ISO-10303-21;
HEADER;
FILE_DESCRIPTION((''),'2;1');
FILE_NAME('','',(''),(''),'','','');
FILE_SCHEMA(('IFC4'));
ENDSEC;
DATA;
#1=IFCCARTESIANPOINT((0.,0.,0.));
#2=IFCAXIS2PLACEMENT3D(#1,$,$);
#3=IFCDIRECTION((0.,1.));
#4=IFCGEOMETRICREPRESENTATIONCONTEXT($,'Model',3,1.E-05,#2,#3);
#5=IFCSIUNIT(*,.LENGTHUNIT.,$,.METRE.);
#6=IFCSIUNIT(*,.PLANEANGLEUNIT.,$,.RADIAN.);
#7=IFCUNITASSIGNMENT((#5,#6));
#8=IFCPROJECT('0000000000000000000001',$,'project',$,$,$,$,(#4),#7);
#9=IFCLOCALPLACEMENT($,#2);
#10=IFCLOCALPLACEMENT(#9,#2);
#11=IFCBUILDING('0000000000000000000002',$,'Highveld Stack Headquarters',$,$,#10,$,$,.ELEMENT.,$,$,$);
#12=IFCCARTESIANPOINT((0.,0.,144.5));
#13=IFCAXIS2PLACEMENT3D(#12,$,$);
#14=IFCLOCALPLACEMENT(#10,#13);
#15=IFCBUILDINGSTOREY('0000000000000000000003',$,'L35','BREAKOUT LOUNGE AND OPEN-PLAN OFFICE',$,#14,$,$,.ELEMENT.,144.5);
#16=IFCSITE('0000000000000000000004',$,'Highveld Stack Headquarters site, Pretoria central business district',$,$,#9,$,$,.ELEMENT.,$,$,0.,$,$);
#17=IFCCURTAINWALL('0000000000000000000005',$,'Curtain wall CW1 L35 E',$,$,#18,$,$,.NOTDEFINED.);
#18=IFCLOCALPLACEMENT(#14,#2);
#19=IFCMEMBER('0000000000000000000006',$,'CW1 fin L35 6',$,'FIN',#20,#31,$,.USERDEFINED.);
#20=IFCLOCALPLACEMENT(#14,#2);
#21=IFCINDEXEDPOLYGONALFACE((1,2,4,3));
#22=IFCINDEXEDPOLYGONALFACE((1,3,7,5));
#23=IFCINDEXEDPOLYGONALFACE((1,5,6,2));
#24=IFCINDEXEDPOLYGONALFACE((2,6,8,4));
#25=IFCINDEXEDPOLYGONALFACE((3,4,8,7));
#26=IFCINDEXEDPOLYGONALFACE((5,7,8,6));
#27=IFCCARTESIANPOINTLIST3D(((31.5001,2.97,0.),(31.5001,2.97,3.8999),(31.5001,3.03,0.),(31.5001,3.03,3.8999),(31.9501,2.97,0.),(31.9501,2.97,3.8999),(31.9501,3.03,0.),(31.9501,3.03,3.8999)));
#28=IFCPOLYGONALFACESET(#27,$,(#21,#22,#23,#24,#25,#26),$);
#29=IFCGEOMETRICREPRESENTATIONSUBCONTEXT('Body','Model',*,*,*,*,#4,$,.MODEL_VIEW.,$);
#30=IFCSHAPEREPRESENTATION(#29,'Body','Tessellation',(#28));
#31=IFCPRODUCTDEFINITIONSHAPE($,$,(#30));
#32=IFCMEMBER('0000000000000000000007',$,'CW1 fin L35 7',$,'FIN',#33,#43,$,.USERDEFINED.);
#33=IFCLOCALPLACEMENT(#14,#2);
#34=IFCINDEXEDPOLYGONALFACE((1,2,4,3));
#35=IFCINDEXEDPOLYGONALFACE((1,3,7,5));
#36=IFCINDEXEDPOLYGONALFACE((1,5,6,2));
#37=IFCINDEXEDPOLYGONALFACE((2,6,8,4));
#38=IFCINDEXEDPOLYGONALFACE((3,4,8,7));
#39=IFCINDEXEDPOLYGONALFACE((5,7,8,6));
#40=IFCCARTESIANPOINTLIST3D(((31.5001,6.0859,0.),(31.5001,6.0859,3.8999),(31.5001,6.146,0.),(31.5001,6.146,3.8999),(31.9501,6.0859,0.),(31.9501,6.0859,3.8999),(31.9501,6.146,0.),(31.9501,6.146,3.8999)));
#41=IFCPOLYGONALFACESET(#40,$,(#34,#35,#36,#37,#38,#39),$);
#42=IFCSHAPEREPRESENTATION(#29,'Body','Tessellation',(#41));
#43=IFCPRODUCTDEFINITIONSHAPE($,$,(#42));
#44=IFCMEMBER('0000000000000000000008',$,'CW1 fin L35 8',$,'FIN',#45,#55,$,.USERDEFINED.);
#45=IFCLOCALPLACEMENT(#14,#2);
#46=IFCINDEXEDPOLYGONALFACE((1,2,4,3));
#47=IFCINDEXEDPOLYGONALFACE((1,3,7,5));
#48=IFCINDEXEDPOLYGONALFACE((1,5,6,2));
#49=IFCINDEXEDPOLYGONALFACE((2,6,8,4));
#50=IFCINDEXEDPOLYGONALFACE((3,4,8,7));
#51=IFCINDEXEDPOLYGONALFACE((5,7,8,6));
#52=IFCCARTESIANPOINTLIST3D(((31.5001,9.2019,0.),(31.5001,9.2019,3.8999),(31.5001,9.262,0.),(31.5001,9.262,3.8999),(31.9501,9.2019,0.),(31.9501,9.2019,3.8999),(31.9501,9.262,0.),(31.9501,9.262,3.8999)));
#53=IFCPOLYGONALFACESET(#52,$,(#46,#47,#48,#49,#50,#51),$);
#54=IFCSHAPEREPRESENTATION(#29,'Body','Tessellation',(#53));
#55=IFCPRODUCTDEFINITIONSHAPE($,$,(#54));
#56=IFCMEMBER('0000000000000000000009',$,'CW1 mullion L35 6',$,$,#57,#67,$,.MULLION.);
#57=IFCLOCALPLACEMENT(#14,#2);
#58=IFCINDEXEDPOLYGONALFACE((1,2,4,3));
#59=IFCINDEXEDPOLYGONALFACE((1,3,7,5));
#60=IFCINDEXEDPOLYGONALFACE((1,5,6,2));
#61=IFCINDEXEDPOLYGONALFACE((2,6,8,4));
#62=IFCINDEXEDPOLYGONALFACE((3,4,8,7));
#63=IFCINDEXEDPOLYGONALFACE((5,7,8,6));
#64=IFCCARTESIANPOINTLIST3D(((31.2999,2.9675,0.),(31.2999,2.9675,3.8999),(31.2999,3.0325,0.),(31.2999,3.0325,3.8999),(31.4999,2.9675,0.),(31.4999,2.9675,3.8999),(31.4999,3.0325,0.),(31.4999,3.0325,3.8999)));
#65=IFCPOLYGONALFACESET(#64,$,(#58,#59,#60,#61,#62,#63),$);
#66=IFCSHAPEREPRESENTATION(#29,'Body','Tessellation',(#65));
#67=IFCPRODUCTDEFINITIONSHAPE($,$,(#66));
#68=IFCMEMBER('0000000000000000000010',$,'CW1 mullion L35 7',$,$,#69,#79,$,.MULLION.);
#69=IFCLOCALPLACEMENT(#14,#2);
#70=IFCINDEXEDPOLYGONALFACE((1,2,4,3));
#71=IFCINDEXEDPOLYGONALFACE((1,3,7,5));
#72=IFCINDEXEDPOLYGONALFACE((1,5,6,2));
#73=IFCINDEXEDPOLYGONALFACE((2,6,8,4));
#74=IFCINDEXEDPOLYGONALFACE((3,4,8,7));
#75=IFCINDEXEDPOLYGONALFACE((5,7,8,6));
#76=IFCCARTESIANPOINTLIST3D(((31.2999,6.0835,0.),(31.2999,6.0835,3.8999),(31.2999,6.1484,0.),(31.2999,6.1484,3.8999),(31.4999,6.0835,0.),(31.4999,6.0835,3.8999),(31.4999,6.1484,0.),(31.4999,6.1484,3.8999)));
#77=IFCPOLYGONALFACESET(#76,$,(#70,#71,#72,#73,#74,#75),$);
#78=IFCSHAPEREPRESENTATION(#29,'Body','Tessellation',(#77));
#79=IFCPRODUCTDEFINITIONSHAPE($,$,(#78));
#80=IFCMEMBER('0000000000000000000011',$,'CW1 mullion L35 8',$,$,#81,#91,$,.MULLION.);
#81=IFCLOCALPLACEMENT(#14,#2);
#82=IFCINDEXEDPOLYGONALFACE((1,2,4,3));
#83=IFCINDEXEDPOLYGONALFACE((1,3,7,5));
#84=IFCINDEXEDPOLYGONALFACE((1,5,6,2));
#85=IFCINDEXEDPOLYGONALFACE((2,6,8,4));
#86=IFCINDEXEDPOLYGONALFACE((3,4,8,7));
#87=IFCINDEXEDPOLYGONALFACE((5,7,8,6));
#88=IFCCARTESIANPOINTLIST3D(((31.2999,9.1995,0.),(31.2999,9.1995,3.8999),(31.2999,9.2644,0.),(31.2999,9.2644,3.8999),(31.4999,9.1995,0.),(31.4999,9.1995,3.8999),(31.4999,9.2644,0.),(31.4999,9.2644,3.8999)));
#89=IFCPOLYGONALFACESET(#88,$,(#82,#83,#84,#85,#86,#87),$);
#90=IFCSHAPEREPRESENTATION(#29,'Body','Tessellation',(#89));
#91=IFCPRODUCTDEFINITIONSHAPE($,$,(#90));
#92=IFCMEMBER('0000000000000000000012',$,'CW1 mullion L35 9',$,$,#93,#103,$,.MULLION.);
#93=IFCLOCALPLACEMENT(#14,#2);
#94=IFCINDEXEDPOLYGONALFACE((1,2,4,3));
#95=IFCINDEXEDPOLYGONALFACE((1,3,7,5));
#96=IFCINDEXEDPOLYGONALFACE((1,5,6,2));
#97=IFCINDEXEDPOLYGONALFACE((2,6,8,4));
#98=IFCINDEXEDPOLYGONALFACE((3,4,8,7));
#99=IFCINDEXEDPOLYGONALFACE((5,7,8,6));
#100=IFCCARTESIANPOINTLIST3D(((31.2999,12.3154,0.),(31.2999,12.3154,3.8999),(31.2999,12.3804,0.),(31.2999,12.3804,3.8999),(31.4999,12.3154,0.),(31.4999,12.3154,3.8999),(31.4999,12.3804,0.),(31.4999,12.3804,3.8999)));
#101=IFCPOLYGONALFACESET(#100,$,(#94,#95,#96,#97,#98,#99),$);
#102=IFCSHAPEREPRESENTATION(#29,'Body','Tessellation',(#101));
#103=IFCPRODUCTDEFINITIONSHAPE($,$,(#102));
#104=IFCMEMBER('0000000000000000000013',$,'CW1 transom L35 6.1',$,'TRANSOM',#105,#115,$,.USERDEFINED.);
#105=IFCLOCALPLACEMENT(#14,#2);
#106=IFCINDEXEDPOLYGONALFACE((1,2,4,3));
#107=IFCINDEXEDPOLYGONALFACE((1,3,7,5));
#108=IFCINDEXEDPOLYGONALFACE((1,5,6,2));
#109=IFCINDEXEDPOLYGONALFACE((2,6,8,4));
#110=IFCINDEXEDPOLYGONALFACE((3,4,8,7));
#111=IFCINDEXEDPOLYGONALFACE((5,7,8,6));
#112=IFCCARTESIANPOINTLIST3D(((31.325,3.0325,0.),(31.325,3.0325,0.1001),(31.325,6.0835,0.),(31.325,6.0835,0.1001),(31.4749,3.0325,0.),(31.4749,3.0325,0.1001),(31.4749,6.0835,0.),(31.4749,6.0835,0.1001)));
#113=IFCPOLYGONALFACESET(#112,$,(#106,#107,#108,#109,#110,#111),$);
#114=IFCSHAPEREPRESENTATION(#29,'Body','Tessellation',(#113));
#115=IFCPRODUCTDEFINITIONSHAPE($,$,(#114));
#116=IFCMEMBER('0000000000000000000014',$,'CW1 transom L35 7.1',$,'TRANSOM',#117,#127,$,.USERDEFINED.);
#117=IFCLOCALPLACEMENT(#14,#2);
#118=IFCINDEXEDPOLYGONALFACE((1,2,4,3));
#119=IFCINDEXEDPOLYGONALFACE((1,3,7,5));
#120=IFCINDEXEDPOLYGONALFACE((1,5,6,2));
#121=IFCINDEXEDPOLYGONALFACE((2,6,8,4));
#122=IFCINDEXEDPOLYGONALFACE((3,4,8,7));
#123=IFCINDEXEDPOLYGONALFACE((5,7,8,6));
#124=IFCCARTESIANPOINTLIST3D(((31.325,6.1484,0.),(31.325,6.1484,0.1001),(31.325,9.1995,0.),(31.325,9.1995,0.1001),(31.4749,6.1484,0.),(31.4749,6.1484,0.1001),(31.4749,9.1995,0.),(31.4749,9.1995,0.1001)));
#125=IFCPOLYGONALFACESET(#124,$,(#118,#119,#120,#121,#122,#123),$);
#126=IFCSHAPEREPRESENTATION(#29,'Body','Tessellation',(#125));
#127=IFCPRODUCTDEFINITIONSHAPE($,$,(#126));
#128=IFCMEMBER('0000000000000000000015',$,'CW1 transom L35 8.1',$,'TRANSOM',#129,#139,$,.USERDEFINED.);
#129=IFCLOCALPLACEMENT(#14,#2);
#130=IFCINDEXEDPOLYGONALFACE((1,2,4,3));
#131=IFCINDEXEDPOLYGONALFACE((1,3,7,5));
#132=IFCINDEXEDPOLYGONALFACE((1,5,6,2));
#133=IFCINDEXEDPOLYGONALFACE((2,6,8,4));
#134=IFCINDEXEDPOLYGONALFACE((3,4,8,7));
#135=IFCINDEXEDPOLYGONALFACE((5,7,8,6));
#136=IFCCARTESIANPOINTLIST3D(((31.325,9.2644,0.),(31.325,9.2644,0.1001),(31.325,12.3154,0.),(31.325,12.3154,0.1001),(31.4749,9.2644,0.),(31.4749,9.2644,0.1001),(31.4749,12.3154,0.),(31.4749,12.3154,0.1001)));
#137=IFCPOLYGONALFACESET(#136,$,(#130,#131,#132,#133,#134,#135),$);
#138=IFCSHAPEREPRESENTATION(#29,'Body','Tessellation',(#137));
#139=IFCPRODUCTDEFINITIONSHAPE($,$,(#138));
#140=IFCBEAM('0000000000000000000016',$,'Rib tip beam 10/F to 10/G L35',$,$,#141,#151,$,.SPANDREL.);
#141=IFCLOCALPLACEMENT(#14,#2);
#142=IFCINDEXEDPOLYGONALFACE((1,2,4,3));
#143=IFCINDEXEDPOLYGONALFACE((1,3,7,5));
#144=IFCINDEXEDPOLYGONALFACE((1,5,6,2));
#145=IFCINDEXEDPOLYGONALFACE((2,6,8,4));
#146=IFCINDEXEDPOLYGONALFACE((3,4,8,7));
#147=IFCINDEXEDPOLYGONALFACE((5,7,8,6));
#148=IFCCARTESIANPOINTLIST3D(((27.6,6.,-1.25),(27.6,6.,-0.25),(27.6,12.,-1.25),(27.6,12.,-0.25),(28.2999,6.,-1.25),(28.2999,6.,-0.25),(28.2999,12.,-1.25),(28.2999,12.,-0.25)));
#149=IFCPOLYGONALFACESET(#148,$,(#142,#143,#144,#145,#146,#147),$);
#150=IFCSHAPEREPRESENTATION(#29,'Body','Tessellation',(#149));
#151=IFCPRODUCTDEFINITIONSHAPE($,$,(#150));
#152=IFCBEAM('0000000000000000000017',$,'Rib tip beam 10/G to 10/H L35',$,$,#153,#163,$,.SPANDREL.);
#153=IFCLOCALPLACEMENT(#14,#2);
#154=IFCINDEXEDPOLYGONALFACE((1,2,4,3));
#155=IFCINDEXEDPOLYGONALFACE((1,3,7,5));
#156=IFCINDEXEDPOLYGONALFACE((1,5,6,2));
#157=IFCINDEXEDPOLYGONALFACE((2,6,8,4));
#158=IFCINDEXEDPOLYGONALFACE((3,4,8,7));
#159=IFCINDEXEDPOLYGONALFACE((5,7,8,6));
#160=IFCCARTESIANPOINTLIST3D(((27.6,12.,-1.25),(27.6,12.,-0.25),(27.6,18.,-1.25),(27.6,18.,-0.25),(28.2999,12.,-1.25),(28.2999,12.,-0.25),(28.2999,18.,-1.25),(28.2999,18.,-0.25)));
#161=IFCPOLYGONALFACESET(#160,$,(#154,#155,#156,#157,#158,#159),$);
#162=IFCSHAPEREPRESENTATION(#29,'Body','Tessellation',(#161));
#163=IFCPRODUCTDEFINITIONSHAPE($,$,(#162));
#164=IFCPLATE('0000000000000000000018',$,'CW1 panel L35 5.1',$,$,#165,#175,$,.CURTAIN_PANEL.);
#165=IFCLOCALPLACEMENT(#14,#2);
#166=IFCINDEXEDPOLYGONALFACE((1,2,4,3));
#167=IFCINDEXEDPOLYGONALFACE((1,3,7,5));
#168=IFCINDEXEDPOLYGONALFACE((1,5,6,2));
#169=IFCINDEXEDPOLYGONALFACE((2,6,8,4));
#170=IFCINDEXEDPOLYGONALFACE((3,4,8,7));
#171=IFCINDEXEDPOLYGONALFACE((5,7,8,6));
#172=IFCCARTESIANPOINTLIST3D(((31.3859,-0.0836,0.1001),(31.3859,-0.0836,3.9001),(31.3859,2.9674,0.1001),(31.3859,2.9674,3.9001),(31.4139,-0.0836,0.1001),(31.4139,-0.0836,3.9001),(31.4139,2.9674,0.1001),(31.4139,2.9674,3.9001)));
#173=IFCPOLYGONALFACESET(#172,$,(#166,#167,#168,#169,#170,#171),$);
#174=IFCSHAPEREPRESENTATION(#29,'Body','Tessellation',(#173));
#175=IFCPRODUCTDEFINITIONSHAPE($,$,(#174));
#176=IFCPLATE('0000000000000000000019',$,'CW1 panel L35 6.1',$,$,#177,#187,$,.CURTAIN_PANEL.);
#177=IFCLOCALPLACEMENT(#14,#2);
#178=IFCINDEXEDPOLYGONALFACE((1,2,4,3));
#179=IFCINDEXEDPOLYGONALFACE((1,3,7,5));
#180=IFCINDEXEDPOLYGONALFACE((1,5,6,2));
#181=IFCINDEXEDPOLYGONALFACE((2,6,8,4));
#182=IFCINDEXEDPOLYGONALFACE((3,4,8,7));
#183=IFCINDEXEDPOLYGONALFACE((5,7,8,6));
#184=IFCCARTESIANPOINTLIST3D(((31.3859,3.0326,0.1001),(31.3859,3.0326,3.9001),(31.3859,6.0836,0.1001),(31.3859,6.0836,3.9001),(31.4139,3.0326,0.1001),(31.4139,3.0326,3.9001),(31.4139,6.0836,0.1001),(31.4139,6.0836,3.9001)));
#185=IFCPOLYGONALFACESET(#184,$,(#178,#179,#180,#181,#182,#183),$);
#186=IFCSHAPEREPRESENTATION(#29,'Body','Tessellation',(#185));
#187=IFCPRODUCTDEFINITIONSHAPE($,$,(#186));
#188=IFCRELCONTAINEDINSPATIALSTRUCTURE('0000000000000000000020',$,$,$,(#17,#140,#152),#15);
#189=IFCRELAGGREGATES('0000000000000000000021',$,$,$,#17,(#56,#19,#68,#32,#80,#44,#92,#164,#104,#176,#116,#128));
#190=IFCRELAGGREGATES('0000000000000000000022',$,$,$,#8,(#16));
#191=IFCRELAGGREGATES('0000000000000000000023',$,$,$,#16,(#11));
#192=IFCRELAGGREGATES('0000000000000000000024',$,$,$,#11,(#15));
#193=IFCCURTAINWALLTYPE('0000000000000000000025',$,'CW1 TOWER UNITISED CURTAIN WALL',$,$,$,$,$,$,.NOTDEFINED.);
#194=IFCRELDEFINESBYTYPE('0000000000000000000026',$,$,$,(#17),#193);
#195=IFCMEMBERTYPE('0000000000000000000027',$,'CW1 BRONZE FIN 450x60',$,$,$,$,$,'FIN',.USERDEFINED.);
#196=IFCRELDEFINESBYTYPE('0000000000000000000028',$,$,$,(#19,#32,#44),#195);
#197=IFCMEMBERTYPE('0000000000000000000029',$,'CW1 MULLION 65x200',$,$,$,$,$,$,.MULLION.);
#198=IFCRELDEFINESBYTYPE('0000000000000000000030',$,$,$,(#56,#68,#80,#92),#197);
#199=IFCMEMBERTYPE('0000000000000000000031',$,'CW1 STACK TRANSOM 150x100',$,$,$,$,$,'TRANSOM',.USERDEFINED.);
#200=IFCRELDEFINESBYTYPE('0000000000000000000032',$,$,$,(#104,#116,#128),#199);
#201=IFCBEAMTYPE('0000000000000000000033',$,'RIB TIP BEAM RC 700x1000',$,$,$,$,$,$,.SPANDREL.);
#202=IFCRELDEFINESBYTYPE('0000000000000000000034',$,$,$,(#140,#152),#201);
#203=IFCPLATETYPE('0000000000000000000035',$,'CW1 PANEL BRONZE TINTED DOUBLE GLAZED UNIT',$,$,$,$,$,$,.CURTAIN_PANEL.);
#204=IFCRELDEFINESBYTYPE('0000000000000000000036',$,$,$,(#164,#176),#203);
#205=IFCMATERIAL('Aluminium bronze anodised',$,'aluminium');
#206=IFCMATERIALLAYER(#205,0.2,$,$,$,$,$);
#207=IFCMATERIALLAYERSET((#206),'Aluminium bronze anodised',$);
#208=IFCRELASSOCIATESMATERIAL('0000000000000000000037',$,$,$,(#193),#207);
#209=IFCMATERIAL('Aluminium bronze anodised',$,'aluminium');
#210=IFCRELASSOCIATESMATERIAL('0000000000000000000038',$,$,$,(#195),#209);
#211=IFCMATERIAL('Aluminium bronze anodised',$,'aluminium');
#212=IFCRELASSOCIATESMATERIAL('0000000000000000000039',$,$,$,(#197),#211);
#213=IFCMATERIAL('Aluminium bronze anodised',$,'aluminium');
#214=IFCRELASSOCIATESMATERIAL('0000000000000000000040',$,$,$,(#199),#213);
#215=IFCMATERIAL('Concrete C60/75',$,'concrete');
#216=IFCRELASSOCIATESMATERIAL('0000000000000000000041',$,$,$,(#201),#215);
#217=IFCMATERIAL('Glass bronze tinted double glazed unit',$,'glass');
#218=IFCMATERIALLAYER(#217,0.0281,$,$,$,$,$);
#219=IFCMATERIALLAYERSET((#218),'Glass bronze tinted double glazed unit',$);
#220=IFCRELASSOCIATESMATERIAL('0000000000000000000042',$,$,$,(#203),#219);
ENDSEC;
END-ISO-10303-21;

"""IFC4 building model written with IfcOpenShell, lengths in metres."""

from ifc_helpers import new_model, si_unit, direction, frame, origin, origin_2d, place, context, subcontext, project, spatial, rectangle, extrude, material, layer, layer_set, material_profile, profile_set, type_object, element, aggregate, save


model = new_model("IFC4")

# Units and contexts
model_context = context("Model", 3, precision=1e-05, world=origin(), true_north=direction((0.0, 1.0)))
body_context = subcontext(model_context, "Body", "Model", "MODEL_VIEW")
ifc_project = project(units=[si_unit("LENGTHUNIT", "METRE"), si_unit("PLANEANGLEUNIT", "RADIAN")], contexts=[model_context])

# Site, building, storey
site_placement = place(None, origin())
site = spatial("IfcSite", under=ifc_project, at=site_placement, Name="Highveld Stack Headquarters site, Pretoria central business district", CompositionType="ELEMENT", RefElevation=0.0)
building_placement = place(site_placement, origin())
building = spatial("IfcBuilding", under=site, at=building_placement, Name="Highveld Stack Headquarters", CompositionType="ELEMENT")
storey_placement = place(building_placement, frame((0.0, 0.0, 144.5)))
storey = spatial("IfcBuildingStorey", under=building, at=storey_placement, Name="L35", Description="BREAKOUT LOUNGE AND OPEN-PLAN OFFICE", CompositionType="ELEMENT", Elevation=144.5)

# Curtain wall, members
ifc_material_1 = material(Name="Aluminium bronze anodised", Category="aluminium")
ifc_layer_1 = layer(ifc_material_1, 0.2)
ifc_layer_set_1 = layer_set([ifc_layer_1], Name="Aluminium bronze anodised")
curtain_wall_type = type_object("IfcCurtainWallType", Name="CW1 TOWER UNITISED CURTAIN WALL", PredefinedType="NOTDEFINED", material=ifc_layer_set_1)
curtain_wall_placement = place(storey_placement, origin())
curtain_wall = element("IfcCurtainWall", 1, at=curtain_wall_placement, inside=storey, type_object=curtain_wall_type, Name="Curtain wall CW1 L35 E", PredefinedType="NOTDEFINED")
ifc_material_2 = material(Name="Aluminium bronze anodised", Category="aluminium")
ifc_material_profile_1 = material_profile(ifc_material_2, rectangle(XDim=0.45, YDim=0.0601, at=origin_2d()), Name="FIN 450x60")
ifc_profile_set_1 = profile_set([ifc_material_profile_1], Name="Aluminium bronze anodised")
member_type_1 = type_object("IfcMemberType", Name="CW1 BRONZE FIN 450x60", ElementType="FIN", PredefinedType="USERDEFINED", material=ifc_profile_set_1)
member_1_placement = place(storey_placement, frame((31.7251, 3.0, 0.0), z_axis=(0.0, 0.0, 1.0), x_axis=(-1.0, 0.0, 0.0)))
member_1 = element("IfcMember", 2, at=member_1_placement, type_object=member_type_1, Name="CW1 fin L35 6", ObjectType="FIN", PredefinedType="USERDEFINED", context=body_context, shape_type="SweptSolid", body=[
    extrude(rectangle(XDim=0.45, YDim=0.0601, at=origin_2d()), origin(), (0.0, 0.0, 1.0), 3.8999),
])
member_2_placement = place(storey_placement, frame((31.7251, 6.116, 0.0), z_axis=(0.0, 0.0, 1.0), x_axis=(-1.0, 0.0, 0.0)))
member_2 = element("IfcMember", 3, at=member_2_placement, type_object=member_type_1, Name="CW1 fin L35 7", ObjectType="FIN", PredefinedType="USERDEFINED", context=body_context, shape_type="SweptSolid", body=[
    extrude(rectangle(XDim=0.45, YDim=0.0601, at=origin_2d()), origin(), (0.0, 0.0, 1.0), 3.8999),
])
member_3_placement = place(storey_placement, frame((31.7251, 9.2319, 0.0), z_axis=(0.0, 0.0, 1.0), x_axis=(-1.0, 0.0, 0.0)))
member_3 = element("IfcMember", 4, at=member_3_placement, type_object=member_type_1, Name="CW1 fin L35 8", ObjectType="FIN", PredefinedType="USERDEFINED", context=body_context, shape_type="SweptSolid", body=[
    extrude(rectangle(XDim=0.45, YDim=0.0601, at=origin_2d()), origin(), (0.0, 0.0, 1.0), 3.8999),
])
ifc_material_3 = material(Name="Aluminium bronze anodised", Category="aluminium")
ifc_material_profile_2 = material_profile(ifc_material_3, rectangle(XDim=0.2, YDim=0.0649, at=origin_2d()), Name="CW1 MULLION 65x200")
ifc_profile_set_2 = profile_set([ifc_material_profile_2], Name="Aluminium bronze anodised")
member_type_2 = type_object("IfcMemberType", Name="CW1 MULLION 65x200", PredefinedType="MULLION", material=ifc_profile_set_2)
member_4_placement = place(storey_placement, frame((31.3999, 3.0, 0.0), z_axis=(0.0, 0.0, 1.0), x_axis=(-1.0, 0.0, 0.0)))
member_4 = element("IfcMember", 5, at=member_4_placement, type_object=member_type_2, Name="CW1 mullion L35 6", PredefinedType="MULLION", context=body_context, shape_type="SweptSolid", body=[
    extrude(rectangle(XDim=0.2, YDim=0.0649, at=origin_2d()), origin(), (0.0, 0.0, 1.0), 3.8999),
])
member_5_placement = place(storey_placement, frame((31.3999, 6.116, 0.0), z_axis=(0.0, 0.0, 1.0), x_axis=(-1.0, 0.0, 0.0)))
member_5 = element("IfcMember", 6, at=member_5_placement, type_object=member_type_2, Name="CW1 mullion L35 7", PredefinedType="MULLION", context=body_context, shape_type="SweptSolid", body=[
    extrude(rectangle(XDim=0.2, YDim=0.0649, at=origin_2d()), origin(), (0.0, 0.0, 1.0), 3.8999),
])
member_6_placement = place(storey_placement, frame((31.3999, 9.2319, 0.0), z_axis=(0.0, 0.0, 1.0), x_axis=(-1.0, 0.0, 0.0)))
member_6 = element("IfcMember", 7, at=member_6_placement, type_object=member_type_2, Name="CW1 mullion L35 8", PredefinedType="MULLION", context=body_context, shape_type="SweptSolid", body=[
    extrude(rectangle(XDim=0.2, YDim=0.0649, at=origin_2d()), origin(), (0.0, 0.0, 1.0), 3.8999),
])
member_7_placement = place(storey_placement, frame((31.3999, 12.3479, 0.0), z_axis=(0.0, 0.0, 1.0), x_axis=(-1.0, 0.0, 0.0)))
member_7 = element("IfcMember", 8, at=member_7_placement, type_object=member_type_2, Name="CW1 mullion L35 9", PredefinedType="MULLION", context=body_context, shape_type="SweptSolid", body=[
    extrude(rectangle(XDim=0.2, YDim=0.0649, at=origin_2d()), origin(), (0.0, 0.0, 1.0), 3.8999),
])
ifc_material_4 = material(Name="Aluminium bronze anodised", Category="aluminium")
ifc_material_profile_3 = material_profile(ifc_material_4, rectangle(XDim=0.1499, YDim=0.1001, at=origin_2d()), Name="CW1 TRANSOM 150x100")
ifc_profile_set_3 = profile_set([ifc_material_profile_3], Name="Aluminium bronze anodised")
member_type_3 = type_object("IfcMemberType", Name="CW1 STACK TRANSOM 150x100", ElementType="TRANSOM", PredefinedType="USERDEFINED", material=ifc_profile_set_3)
member_8_placement = place(storey_placement, frame((31.3999, 3.0325, 0.05), z_axis=(0.0, 1.0, 0.0), x_axis=(-1.0, 0.0, 0.0)))
member_8 = element("IfcMember", 9, at=member_8_placement, type_object=member_type_3, Name="CW1 transom L35 6.1", ObjectType="TRANSOM", PredefinedType="USERDEFINED", context=body_context, shape_type="SweptSolid", body=[
    extrude(rectangle(XDim=0.1499, YDim=0.1001, at=origin_2d()), origin(), (0.0, 0.0, 1.0), 3.051),
])
member_9_placement = place(storey_placement, frame((31.3999, 6.1484, 0.05), z_axis=(0.0, 1.0, 0.0), x_axis=(-1.0, 0.0, 0.0)))
member_9 = element("IfcMember", 10, at=member_9_placement, type_object=member_type_3, Name="CW1 transom L35 7.1", ObjectType="TRANSOM", PredefinedType="USERDEFINED", context=body_context, shape_type="SweptSolid", body=[
    extrude(rectangle(XDim=0.1499, YDim=0.1001, at=origin_2d()), origin(), (0.0, 0.0, 1.0), 3.051),
])
member_10_placement = place(storey_placement, frame((31.3999, 9.2644, 0.05), z_axis=(0.0, 1.0, 0.0), x_axis=(-1.0, 0.0, 0.0)))
member_10 = element("IfcMember", 11, at=member_10_placement, type_object=member_type_3, Name="CW1 transom L35 8.1", ObjectType="TRANSOM", PredefinedType="USERDEFINED", context=body_context, shape_type="SweptSolid", body=[
    extrude(rectangle(XDim=0.1499, YDim=0.1001, at=origin_2d()), origin(), (0.0, 0.0, 1.0), 3.051),
])

# Beams
ifc_material_5 = material(Name="Concrete C60/75", Category="concrete")
ifc_material_profile_4 = material_profile(ifc_material_5, rectangle(XDim=0.7, YDim=1.0, at=origin_2d()), Name="RC 700x1000")
ifc_profile_set_4 = profile_set([ifc_material_profile_4], Name="Concrete C60/75")
beam_type = type_object("IfcBeamType", Name="RIB TIP BEAM RC 700x1000", PredefinedType="SPANDREL", material=ifc_profile_set_4)
for number, where, z_axis, x_axis, name in (
    (12, (27.95, 6.0, -0.75), (0.0, 1.0, 0.0), (-1.0, 0.0, 0.0), "Rib tip beam 10/F to 10/G L35"),
    (13, (27.95, 12.0, -0.75), (0.0, 1.0, 0.0), (-1.0, 0.0, 0.0), "Rib tip beam 10/G to 10/H L35"),
):
    element("IfcBeam", number, at=place(storey_placement, frame(where, z_axis=z_axis, x_axis=x_axis)), inside=storey, type_object=beam_type, Name=name, PredefinedType="SPANDREL", context=body_context, shape_type="SweptSolid", body=[
        extrude(rectangle(XDim=0.7, YDim=1.0, at=origin_2d()), origin(), (0.0, 0.0, 1.0), 6.0),
    ])

# Plates
ifc_material_6 = material(Name="Glass bronze tinted double glazed unit", Category="glass")
ifc_layer_2 = layer(ifc_material_6, 0.0281)
ifc_layer_set_2 = layer_set([ifc_layer_2], Name="Glass bronze tinted double glazed unit")
plate_type = type_object("IfcPlateType", Name="CW1 PANEL BRONZE TINTED DOUBLE GLAZED UNIT", PredefinedType="CURTAIN_PANEL", material=ifc_layer_set_2)
plate_1_placement = place(storey_placement, frame((31.3999, 1.4419, 0.1001), z_axis=(0.0, 0.0, 1.0), x_axis=(0.0, 1.0, 0.0)))
plate_1 = element("IfcPlate", 14, at=plate_1_placement, type_object=plate_type, Name="CW1 panel L35 5.1", PredefinedType="CURTAIN_PANEL", context=body_context, shape_type="SweptSolid", body=[
    extrude(rectangle(XDim=3.051, YDim=0.0281, at=origin_2d()), origin(), (0.0, 0.0, 1.0), 3.8),
])
plate_2_placement = place(storey_placement, frame((31.3999, 4.5581, 0.1001), z_axis=(0.0, 0.0, 1.0), x_axis=(0.0, 1.0, 0.0)))
plate_2 = element("IfcPlate", 15, at=plate_2_placement, type_object=plate_type, Name="CW1 panel L35 6.1", PredefinedType="CURTAIN_PANEL", context=body_context, shape_type="SweptSolid", body=[
    extrude(rectangle(XDim=3.051, YDim=0.0281, at=origin_2d()), origin(), (0.0, 0.0, 1.0), 3.8),
])
aggregate(curtain_wall, [member_4, member_1, member_5, member_2, member_6, member_3, member_7, plate_1, member_8, plate_2, member_9, member_10])

save(model, "model.ifc")
